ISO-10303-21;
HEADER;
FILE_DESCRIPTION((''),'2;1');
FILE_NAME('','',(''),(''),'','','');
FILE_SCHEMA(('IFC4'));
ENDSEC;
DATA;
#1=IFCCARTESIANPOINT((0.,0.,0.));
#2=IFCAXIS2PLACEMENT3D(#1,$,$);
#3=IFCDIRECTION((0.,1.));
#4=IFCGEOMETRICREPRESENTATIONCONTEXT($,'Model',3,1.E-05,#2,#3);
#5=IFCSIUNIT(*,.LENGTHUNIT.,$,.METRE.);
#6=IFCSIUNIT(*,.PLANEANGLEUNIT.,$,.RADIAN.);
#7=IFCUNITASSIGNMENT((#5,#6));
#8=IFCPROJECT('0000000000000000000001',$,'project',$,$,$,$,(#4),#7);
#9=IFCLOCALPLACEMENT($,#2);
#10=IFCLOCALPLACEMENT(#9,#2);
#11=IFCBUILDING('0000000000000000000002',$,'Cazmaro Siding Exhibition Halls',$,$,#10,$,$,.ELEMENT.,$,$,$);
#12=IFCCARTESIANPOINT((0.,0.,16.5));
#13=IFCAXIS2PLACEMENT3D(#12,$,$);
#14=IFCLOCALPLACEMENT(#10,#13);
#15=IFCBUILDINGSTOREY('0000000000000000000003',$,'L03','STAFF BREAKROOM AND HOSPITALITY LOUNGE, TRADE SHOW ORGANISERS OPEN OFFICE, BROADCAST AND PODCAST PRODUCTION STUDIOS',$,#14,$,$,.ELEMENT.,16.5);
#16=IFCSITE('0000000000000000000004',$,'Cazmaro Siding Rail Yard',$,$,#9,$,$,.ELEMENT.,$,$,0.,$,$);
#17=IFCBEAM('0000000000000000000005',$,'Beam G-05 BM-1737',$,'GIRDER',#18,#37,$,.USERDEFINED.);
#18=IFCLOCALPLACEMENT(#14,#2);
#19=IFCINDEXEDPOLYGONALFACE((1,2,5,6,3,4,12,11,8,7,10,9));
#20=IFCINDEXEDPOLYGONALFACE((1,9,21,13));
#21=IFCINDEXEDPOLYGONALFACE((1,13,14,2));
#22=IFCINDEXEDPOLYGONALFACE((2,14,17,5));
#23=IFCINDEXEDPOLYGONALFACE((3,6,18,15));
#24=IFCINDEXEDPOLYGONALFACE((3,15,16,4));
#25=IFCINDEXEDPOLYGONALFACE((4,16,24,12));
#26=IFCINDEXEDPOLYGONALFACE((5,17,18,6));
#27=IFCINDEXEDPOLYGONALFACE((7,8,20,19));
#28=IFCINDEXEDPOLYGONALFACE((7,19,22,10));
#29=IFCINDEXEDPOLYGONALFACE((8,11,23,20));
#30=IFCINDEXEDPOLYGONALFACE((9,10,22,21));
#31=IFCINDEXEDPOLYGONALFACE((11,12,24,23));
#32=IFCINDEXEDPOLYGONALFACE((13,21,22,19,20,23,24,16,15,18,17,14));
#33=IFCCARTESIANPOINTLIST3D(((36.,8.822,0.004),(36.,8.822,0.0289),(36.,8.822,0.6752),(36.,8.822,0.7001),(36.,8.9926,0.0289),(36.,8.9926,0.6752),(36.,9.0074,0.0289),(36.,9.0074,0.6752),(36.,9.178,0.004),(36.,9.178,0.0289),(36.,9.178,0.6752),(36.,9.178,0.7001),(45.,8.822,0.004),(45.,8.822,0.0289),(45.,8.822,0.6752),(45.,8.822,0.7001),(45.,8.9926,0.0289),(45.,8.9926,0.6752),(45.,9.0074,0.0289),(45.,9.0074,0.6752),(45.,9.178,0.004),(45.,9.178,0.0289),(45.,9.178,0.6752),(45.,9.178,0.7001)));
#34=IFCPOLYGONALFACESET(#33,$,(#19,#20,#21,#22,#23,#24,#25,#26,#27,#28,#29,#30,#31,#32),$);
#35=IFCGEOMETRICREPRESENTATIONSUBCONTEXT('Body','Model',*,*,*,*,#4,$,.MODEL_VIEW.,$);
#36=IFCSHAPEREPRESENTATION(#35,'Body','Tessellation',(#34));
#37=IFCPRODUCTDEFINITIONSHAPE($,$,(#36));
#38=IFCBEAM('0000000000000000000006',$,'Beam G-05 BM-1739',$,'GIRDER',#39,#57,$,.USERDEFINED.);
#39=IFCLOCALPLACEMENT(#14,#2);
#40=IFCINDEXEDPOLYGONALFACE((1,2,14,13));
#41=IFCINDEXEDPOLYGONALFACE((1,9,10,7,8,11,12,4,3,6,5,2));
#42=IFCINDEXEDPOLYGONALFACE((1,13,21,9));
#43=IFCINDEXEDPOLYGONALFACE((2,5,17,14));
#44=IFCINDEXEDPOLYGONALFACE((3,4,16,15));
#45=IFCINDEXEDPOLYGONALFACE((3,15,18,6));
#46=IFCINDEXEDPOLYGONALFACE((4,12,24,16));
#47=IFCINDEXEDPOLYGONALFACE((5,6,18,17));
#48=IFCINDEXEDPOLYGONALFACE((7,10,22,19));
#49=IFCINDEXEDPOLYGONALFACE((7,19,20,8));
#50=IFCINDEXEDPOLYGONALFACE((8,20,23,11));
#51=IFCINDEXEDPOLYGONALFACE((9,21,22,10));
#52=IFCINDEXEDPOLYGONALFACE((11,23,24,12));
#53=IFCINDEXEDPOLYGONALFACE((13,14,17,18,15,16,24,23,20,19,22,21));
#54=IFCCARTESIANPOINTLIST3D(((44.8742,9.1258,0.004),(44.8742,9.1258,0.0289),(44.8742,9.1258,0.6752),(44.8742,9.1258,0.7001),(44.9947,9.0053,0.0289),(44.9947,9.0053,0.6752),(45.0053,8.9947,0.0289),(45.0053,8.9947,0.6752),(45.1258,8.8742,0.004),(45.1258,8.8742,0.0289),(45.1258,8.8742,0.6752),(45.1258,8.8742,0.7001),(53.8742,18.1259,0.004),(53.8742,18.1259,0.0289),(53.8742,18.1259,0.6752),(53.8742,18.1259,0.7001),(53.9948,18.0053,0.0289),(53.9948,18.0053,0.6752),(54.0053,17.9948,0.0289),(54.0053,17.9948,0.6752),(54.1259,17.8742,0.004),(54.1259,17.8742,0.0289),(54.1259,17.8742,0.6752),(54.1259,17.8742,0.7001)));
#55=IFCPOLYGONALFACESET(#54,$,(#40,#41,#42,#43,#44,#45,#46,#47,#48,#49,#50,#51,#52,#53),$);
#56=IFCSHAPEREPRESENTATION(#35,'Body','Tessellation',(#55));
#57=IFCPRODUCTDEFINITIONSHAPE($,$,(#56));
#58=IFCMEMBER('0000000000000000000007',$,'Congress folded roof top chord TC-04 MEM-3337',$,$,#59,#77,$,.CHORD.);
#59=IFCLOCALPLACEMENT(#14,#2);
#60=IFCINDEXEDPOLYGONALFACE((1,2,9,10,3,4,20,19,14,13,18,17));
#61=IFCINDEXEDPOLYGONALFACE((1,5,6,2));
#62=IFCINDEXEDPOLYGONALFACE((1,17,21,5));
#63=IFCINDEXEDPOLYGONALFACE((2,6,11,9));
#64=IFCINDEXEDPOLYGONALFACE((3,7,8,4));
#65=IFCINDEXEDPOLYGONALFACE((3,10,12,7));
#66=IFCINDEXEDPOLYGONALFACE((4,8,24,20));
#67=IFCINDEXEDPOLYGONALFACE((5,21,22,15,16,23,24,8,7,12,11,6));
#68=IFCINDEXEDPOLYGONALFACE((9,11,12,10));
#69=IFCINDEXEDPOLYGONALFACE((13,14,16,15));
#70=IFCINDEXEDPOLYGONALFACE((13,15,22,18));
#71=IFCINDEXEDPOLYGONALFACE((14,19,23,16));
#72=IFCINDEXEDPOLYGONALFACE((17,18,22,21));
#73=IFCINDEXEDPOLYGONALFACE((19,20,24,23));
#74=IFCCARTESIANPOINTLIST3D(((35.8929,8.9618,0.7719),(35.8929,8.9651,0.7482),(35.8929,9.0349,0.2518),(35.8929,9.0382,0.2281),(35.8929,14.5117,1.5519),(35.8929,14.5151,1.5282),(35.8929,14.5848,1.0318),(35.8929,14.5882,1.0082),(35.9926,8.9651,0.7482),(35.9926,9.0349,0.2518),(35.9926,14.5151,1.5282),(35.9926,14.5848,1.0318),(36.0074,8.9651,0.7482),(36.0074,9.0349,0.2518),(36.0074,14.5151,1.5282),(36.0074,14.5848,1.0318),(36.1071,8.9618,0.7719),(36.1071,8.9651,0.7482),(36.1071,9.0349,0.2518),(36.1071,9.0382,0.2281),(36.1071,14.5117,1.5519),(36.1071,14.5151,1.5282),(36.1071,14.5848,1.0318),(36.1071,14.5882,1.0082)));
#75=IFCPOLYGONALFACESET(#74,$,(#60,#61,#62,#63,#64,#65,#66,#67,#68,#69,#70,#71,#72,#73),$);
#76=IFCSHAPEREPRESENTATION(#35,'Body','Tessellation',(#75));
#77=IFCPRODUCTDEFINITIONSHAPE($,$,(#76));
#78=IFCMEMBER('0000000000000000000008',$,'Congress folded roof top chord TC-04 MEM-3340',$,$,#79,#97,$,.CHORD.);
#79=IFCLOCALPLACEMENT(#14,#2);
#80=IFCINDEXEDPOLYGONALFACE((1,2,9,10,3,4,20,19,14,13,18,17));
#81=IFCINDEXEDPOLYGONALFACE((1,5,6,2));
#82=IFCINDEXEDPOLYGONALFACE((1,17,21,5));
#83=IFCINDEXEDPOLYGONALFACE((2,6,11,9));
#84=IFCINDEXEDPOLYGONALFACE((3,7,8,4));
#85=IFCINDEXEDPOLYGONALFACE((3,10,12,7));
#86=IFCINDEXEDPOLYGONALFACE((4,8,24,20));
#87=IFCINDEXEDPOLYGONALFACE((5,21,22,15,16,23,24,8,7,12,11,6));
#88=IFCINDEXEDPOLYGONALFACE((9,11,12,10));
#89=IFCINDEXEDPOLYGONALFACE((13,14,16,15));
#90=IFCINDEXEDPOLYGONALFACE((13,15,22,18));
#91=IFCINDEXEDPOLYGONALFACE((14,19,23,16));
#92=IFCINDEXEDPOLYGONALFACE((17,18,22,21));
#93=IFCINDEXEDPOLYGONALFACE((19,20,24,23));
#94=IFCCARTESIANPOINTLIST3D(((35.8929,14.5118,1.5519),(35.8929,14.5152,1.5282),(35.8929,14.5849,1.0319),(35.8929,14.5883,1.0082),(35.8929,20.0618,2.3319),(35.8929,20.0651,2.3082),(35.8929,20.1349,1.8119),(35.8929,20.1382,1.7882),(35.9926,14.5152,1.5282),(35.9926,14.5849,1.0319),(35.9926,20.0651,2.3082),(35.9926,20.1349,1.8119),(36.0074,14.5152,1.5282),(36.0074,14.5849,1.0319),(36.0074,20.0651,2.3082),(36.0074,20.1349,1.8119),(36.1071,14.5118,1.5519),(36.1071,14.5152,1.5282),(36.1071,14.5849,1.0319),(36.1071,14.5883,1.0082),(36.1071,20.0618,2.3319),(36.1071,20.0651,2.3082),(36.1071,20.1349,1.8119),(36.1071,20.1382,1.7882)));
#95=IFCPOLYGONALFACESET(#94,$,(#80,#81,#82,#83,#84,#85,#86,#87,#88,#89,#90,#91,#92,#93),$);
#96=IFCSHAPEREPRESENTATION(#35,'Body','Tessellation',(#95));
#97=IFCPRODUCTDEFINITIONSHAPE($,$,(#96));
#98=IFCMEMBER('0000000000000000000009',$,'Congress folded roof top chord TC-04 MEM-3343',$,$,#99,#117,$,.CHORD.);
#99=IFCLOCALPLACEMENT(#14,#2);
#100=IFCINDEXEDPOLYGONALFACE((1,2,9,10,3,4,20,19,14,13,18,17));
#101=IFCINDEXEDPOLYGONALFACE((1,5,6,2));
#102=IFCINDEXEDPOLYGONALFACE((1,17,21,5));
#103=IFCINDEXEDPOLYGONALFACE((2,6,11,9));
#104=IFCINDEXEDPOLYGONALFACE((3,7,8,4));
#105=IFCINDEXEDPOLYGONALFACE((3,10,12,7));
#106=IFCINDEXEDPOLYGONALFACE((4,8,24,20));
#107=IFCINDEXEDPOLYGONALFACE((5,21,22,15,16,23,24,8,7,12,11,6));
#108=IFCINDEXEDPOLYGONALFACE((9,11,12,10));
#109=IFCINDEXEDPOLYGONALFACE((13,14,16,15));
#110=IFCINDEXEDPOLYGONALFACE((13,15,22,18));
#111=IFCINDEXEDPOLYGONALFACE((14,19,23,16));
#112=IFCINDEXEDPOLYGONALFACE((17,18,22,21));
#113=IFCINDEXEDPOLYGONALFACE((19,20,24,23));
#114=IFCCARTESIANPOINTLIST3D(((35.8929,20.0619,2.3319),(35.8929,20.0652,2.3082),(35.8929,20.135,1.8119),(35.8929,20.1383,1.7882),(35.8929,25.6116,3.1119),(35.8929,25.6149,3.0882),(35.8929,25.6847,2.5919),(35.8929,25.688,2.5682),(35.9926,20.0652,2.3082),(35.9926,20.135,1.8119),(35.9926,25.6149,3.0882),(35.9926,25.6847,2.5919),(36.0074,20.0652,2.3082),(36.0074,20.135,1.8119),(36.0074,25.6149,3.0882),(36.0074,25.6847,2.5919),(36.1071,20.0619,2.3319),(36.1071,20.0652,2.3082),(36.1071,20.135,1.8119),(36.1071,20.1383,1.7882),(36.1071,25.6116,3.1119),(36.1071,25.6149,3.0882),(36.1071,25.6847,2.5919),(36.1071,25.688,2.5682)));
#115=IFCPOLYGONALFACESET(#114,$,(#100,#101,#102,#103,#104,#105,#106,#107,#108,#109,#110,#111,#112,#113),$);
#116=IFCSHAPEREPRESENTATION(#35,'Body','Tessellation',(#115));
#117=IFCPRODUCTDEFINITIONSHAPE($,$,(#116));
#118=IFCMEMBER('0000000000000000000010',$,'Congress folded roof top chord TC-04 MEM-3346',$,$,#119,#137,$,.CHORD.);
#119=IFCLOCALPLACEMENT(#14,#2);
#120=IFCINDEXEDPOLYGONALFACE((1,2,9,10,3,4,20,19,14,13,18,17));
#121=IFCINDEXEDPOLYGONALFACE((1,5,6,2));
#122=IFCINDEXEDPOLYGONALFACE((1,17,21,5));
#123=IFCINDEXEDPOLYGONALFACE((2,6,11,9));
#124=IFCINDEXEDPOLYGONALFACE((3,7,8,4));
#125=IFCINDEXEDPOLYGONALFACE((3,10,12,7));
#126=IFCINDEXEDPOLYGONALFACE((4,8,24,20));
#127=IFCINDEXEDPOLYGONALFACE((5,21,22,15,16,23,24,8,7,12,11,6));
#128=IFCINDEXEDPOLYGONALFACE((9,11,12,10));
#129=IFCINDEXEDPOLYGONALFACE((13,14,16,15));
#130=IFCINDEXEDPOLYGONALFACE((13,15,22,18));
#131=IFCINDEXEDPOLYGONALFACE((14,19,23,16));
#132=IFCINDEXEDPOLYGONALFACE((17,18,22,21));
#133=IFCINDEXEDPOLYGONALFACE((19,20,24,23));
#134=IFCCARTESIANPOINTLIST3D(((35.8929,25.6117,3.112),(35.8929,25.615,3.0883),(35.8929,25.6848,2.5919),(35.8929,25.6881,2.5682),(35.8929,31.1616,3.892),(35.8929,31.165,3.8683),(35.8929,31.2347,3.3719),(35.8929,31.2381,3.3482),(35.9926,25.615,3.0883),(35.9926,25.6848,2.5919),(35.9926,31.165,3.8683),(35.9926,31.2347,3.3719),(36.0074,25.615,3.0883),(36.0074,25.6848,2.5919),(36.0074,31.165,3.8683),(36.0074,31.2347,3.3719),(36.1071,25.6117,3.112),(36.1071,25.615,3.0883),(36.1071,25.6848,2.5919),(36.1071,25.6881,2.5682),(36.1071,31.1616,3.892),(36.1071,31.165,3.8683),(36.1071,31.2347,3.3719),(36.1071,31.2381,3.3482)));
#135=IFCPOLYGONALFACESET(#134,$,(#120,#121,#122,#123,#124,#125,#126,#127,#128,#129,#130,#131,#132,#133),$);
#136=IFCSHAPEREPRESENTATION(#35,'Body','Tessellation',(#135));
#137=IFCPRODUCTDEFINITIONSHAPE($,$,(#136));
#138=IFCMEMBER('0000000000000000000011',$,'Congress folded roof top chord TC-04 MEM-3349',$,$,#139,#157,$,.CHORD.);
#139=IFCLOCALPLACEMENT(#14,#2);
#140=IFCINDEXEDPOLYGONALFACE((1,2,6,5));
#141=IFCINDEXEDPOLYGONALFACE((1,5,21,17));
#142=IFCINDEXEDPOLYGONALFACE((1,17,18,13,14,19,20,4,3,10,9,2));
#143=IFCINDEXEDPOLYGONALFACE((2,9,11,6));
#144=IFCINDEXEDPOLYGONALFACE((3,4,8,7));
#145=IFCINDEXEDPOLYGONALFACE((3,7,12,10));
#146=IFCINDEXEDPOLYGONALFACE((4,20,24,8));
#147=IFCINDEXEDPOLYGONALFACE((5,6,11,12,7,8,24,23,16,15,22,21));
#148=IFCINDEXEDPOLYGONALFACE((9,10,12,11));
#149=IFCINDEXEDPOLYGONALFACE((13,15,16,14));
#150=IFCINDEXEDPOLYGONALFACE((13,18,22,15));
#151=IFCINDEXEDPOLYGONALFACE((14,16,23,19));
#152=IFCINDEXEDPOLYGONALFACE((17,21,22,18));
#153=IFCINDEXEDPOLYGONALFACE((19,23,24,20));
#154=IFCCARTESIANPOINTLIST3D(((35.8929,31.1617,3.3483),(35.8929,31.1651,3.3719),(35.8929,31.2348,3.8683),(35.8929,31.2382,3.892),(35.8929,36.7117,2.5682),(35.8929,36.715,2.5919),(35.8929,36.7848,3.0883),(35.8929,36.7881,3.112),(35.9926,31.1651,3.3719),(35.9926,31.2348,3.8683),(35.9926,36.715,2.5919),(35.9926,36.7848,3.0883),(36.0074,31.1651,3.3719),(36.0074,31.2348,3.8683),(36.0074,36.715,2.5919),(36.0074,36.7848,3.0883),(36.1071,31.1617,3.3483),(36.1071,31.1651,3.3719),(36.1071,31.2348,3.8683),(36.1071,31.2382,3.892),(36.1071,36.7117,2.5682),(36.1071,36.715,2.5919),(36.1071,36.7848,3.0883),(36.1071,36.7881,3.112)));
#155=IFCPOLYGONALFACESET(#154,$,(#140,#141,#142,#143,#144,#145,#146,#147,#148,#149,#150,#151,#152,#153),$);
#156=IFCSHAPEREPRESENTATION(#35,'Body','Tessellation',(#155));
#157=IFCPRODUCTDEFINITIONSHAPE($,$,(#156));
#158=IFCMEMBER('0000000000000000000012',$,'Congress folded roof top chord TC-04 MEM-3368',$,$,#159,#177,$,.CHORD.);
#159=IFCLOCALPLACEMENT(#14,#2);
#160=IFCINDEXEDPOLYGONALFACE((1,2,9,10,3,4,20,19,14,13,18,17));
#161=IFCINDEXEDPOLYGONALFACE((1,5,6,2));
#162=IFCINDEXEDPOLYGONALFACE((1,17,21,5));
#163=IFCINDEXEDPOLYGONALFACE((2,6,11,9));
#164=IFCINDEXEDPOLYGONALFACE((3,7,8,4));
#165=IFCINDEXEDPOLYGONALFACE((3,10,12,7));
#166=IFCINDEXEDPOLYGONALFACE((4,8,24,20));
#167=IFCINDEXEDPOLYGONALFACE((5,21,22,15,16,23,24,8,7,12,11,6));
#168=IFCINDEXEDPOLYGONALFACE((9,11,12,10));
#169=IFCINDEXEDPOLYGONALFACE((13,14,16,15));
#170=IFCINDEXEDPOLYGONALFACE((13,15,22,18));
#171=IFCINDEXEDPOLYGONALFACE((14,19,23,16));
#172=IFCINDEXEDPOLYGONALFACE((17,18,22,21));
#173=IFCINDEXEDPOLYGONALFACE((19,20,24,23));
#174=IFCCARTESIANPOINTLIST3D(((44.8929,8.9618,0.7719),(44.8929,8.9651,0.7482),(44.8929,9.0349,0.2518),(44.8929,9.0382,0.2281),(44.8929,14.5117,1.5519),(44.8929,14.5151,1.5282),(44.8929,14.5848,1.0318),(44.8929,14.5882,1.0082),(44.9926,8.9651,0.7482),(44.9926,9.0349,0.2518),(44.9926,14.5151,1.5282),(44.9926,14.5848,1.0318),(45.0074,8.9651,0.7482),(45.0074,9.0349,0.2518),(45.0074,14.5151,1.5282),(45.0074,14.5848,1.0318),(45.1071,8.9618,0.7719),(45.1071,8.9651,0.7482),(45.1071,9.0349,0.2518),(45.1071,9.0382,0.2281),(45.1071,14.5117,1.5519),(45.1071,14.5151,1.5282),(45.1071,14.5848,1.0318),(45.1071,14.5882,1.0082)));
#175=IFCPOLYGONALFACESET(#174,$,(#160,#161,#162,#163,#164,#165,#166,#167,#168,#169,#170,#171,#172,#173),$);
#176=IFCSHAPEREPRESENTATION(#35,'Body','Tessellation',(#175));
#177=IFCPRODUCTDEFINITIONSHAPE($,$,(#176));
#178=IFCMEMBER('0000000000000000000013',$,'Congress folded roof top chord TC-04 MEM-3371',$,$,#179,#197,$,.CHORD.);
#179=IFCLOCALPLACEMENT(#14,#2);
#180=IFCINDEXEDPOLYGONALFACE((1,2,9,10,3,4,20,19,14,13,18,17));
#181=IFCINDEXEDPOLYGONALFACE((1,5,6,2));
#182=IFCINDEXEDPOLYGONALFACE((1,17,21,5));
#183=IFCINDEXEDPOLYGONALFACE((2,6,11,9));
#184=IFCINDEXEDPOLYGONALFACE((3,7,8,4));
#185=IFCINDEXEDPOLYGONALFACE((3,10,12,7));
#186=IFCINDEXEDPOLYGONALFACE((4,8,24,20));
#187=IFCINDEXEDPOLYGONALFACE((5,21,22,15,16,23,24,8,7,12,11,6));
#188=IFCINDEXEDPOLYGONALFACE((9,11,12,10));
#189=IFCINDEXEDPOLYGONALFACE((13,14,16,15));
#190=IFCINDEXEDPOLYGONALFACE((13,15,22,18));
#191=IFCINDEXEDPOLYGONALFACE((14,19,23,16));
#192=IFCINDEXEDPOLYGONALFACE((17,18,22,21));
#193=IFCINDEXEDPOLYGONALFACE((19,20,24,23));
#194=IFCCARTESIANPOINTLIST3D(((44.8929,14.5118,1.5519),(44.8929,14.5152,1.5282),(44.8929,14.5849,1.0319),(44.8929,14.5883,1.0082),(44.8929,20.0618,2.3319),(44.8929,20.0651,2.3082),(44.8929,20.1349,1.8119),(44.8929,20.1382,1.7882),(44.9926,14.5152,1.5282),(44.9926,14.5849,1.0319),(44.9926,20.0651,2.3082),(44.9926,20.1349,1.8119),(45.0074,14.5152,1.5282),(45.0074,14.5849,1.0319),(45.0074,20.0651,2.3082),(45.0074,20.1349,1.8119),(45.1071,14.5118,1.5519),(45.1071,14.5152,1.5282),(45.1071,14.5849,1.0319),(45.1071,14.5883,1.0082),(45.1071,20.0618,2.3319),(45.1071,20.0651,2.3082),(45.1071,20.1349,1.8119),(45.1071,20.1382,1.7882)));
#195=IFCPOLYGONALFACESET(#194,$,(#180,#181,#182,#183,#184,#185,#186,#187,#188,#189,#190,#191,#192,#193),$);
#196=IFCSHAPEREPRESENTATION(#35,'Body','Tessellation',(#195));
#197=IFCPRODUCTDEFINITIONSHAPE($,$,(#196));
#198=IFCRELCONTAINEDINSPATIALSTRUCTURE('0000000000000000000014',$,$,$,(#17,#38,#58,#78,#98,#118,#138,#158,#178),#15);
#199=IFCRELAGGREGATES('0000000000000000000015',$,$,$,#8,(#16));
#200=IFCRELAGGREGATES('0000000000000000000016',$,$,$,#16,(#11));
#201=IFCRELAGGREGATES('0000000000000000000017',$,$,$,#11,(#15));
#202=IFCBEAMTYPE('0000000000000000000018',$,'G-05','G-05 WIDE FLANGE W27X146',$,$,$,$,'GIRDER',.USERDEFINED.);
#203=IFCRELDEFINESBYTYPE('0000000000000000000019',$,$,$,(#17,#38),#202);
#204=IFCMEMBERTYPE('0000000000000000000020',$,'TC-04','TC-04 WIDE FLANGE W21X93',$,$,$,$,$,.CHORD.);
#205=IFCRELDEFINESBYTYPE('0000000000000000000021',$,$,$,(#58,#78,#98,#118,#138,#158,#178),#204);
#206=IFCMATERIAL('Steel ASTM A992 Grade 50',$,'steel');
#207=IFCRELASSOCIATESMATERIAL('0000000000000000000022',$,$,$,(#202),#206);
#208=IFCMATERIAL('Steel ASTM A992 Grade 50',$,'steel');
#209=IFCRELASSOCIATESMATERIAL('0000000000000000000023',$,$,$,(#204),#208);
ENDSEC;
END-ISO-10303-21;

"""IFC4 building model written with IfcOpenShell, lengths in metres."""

from ifc_helpers import new_model, si_unit, direction, frame, origin, origin_2d, place, context, subcontext, project, spatial, i_section, extrude, material, material_profile, profile_set, type_object, element, save


model = new_model("IFC4")

# Units and contexts
model_context = context("Model", 3, precision=1e-05, world=origin(), true_north=direction((0.0, 1.0)))
body_context = subcontext(model_context, "Body", "Model", "MODEL_VIEW")
ifc_project = project(units=[si_unit("LENGTHUNIT", "METRE"), si_unit("PLANEANGLEUNIT", "RADIAN")], contexts=[model_context])

# Site, building, storey
site_placement = place(None, origin())
site = spatial("IfcSite", under=ifc_project, at=site_placement, Name="Cazmaro Siding Rail Yard", CompositionType="ELEMENT", RefElevation=0.0)
building_placement = place(site_placement, origin())
building = spatial("IfcBuilding", under=site, at=building_placement, Name="Cazmaro Siding Exhibition Halls", CompositionType="ELEMENT")
storey_placement = place(building_placement, frame((0.0, 0.0, 16.5)))
storey = spatial("IfcBuildingStorey", under=building, at=storey_placement, Name="L03", Description="STAFF BREAKROOM AND HOSPITALITY LOUNGE, TRADE SHOW ORGANISERS OPEN OFFICE, BROADCAST AND PODCAST PRODUCTION STUDIOS", CompositionType="ELEMENT", Elevation=16.5)

# Beams
ifc_material_1 = material(Name="Steel ASTM A992 Grade 50", Category="steel")
ifc_material_profile_1 = material_profile(ifc_material_1, i_section(OverallWidth=0.356, OverallDepth=0.696, WebThickness=0.0149, FlangeThickness=0.0249, at=origin_2d()), Name="W27X146")
ifc_profile_set_1 = profile_set([ifc_material_profile_1], Name="Steel ASTM A992 Grade 50")
beam_type = type_object("IfcBeamType", Name="G-05", Description="G-05 WIDE FLANGE W27X146", ElementType="GIRDER", PredefinedType="USERDEFINED", material=ifc_profile_set_1)
beam_1_placement = place(storey_placement, frame((36.0, 9.0, 0.3521), z_axis=(1.0, 0.0, 0.0), x_axis=(0.0, 1.0, 0.0)))
element("IfcBeam", 1, at=beam_1_placement, inside=storey, type_object=beam_type, Name="Beam G-05 BM-1737", ObjectType="GIRDER", PredefinedType="USERDEFINED", context=body_context, shape_type="SweptSolid", body=[
    extrude(i_section(OverallWidth=0.356, OverallDepth=0.696, WebThickness=0.0149, FlangeThickness=0.0249, at=origin_2d()), origin(), (0.0, 0.0, 1.0), 9.0),
])
beam_2_placement = place(storey_placement, frame((45.0, 9.0, 0.3521), z_axis=(0.707107, 0.707107, 0.0), x_axis=(-0.707107, 0.707107, 0.0)))
element("IfcBeam", 2, at=beam_2_placement, inside=storey, type_object=beam_type, Name="Beam G-05 BM-1739", ObjectType="GIRDER", PredefinedType="USERDEFINED", context=body_context, shape_type="SweptSolid", body=[
    extrude(i_section(OverallWidth=0.356, OverallDepth=0.696, WebThickness=0.0149, FlangeThickness=0.0249, at=origin_2d()), origin(), (0.0, 0.0, 1.0), 12.728),
])

# Members
ifc_material_2 = material(Name="Steel ASTM A992 Grade 50", Category="steel")
ifc_material_profile_2 = material_profile(ifc_material_2, i_section(OverallWidth=0.2141, OverallDepth=0.5491, WebThickness=0.0149, FlangeThickness=0.0239, at=origin_2d()), Name="W21X93")
ifc_profile_set_2 = profile_set([ifc_material_profile_2], Name="Steel ASTM A992 Grade 50")
member_type_1 = type_object("IfcMemberType", Name="TC-04", Description="TC-04 WIDE FLANGE W21X93", PredefinedType="CHORD", material=ifc_profile_set_2)
for number, where, z_axis, x_axis, name in (
    (3, (36.0, 9.0, 0.5), (0.0, 0.990268, 0.139177), (-1.0, 0.0, 0.0), "Congress folded roof top chord TC-04 MEM-3337"),
    (4, (36.0, 14.55, 1.28), (0.0, 0.990268, 0.139177), (-1.0, 0.0, 0.0), "Congress folded roof top chord TC-04 MEM-3340"),
):
    element("IfcMember", number, at=place(storey_placement, frame(where, z_axis=z_axis, x_axis=x_axis)), inside=storey, type_object=member_type_1, Name=name, PredefinedType="CHORD", context=body_context, shape_type="SweptSolid", body=[
        extrude(i_section(OverallWidth=0.2141, OverallDepth=0.5491, WebThickness=0.0149, FlangeThickness=0.0239, at=origin_2d()), origin(), (0.0, 0.0, 1.0), 5.6045),
    ])
member_1_placement = place(storey_placement, frame((36.0, 20.1001, 2.0601), z_axis=(0.0, 0.990267, 0.139183), x_axis=(-1.0, 0.0, 0.0)))
element("IfcMember", 5, at=member_1_placement, inside=storey, type_object=member_type_1, Name="Congress folded roof top chord TC-04 MEM-3343", PredefinedType="CHORD", context=body_context, shape_type="SweptSolid", body=[
    extrude(i_section(OverallWidth=0.2141, OverallDepth=0.5491, WebThickness=0.0149, FlangeThickness=0.0239, at=origin_2d()), origin(), (0.0, 0.0, 1.0), 5.6042),
])
for number, where, z_axis, x_axis, name in (
    (6, (36.0, 25.6499, 2.8401), (0.0, 0.990268, 0.139177), (-1.0, 0.0, 0.0), "Congress folded roof top chord TC-04 MEM-3346"),
    (7, (36.0, 31.2, 3.6201), (0.0, 0.990268, -0.139177), (-1.0, 0.0, 0.0), "Congress folded roof top chord TC-04 MEM-3349"),
    (8, (45.0, 9.0, 0.5), (0.0, 0.990268, 0.139177), (-1.0, 0.0, 0.0), "Congress folded roof top chord TC-04 MEM-3368"),
    (9, (45.0, 14.55, 1.28), (0.0, 0.990268, 0.139177), (-1.0, 0.0, 0.0), "Congress folded roof top chord TC-04 MEM-3371"),
):
    element("IfcMember", number, at=place(storey_placement, frame(where, z_axis=z_axis, x_axis=x_axis)), inside=storey, type_object=member_type_1, Name=name, PredefinedType="CHORD", context=body_context, shape_type="SweptSolid", body=[
        extrude(i_section(OverallWidth=0.2141, OverallDepth=0.5491, WebThickness=0.0149, FlangeThickness=0.0239, at=origin_2d()), origin(), (0.0, 0.0, 1.0), 5.6045),
    ])

save(model, "model.ifc")
